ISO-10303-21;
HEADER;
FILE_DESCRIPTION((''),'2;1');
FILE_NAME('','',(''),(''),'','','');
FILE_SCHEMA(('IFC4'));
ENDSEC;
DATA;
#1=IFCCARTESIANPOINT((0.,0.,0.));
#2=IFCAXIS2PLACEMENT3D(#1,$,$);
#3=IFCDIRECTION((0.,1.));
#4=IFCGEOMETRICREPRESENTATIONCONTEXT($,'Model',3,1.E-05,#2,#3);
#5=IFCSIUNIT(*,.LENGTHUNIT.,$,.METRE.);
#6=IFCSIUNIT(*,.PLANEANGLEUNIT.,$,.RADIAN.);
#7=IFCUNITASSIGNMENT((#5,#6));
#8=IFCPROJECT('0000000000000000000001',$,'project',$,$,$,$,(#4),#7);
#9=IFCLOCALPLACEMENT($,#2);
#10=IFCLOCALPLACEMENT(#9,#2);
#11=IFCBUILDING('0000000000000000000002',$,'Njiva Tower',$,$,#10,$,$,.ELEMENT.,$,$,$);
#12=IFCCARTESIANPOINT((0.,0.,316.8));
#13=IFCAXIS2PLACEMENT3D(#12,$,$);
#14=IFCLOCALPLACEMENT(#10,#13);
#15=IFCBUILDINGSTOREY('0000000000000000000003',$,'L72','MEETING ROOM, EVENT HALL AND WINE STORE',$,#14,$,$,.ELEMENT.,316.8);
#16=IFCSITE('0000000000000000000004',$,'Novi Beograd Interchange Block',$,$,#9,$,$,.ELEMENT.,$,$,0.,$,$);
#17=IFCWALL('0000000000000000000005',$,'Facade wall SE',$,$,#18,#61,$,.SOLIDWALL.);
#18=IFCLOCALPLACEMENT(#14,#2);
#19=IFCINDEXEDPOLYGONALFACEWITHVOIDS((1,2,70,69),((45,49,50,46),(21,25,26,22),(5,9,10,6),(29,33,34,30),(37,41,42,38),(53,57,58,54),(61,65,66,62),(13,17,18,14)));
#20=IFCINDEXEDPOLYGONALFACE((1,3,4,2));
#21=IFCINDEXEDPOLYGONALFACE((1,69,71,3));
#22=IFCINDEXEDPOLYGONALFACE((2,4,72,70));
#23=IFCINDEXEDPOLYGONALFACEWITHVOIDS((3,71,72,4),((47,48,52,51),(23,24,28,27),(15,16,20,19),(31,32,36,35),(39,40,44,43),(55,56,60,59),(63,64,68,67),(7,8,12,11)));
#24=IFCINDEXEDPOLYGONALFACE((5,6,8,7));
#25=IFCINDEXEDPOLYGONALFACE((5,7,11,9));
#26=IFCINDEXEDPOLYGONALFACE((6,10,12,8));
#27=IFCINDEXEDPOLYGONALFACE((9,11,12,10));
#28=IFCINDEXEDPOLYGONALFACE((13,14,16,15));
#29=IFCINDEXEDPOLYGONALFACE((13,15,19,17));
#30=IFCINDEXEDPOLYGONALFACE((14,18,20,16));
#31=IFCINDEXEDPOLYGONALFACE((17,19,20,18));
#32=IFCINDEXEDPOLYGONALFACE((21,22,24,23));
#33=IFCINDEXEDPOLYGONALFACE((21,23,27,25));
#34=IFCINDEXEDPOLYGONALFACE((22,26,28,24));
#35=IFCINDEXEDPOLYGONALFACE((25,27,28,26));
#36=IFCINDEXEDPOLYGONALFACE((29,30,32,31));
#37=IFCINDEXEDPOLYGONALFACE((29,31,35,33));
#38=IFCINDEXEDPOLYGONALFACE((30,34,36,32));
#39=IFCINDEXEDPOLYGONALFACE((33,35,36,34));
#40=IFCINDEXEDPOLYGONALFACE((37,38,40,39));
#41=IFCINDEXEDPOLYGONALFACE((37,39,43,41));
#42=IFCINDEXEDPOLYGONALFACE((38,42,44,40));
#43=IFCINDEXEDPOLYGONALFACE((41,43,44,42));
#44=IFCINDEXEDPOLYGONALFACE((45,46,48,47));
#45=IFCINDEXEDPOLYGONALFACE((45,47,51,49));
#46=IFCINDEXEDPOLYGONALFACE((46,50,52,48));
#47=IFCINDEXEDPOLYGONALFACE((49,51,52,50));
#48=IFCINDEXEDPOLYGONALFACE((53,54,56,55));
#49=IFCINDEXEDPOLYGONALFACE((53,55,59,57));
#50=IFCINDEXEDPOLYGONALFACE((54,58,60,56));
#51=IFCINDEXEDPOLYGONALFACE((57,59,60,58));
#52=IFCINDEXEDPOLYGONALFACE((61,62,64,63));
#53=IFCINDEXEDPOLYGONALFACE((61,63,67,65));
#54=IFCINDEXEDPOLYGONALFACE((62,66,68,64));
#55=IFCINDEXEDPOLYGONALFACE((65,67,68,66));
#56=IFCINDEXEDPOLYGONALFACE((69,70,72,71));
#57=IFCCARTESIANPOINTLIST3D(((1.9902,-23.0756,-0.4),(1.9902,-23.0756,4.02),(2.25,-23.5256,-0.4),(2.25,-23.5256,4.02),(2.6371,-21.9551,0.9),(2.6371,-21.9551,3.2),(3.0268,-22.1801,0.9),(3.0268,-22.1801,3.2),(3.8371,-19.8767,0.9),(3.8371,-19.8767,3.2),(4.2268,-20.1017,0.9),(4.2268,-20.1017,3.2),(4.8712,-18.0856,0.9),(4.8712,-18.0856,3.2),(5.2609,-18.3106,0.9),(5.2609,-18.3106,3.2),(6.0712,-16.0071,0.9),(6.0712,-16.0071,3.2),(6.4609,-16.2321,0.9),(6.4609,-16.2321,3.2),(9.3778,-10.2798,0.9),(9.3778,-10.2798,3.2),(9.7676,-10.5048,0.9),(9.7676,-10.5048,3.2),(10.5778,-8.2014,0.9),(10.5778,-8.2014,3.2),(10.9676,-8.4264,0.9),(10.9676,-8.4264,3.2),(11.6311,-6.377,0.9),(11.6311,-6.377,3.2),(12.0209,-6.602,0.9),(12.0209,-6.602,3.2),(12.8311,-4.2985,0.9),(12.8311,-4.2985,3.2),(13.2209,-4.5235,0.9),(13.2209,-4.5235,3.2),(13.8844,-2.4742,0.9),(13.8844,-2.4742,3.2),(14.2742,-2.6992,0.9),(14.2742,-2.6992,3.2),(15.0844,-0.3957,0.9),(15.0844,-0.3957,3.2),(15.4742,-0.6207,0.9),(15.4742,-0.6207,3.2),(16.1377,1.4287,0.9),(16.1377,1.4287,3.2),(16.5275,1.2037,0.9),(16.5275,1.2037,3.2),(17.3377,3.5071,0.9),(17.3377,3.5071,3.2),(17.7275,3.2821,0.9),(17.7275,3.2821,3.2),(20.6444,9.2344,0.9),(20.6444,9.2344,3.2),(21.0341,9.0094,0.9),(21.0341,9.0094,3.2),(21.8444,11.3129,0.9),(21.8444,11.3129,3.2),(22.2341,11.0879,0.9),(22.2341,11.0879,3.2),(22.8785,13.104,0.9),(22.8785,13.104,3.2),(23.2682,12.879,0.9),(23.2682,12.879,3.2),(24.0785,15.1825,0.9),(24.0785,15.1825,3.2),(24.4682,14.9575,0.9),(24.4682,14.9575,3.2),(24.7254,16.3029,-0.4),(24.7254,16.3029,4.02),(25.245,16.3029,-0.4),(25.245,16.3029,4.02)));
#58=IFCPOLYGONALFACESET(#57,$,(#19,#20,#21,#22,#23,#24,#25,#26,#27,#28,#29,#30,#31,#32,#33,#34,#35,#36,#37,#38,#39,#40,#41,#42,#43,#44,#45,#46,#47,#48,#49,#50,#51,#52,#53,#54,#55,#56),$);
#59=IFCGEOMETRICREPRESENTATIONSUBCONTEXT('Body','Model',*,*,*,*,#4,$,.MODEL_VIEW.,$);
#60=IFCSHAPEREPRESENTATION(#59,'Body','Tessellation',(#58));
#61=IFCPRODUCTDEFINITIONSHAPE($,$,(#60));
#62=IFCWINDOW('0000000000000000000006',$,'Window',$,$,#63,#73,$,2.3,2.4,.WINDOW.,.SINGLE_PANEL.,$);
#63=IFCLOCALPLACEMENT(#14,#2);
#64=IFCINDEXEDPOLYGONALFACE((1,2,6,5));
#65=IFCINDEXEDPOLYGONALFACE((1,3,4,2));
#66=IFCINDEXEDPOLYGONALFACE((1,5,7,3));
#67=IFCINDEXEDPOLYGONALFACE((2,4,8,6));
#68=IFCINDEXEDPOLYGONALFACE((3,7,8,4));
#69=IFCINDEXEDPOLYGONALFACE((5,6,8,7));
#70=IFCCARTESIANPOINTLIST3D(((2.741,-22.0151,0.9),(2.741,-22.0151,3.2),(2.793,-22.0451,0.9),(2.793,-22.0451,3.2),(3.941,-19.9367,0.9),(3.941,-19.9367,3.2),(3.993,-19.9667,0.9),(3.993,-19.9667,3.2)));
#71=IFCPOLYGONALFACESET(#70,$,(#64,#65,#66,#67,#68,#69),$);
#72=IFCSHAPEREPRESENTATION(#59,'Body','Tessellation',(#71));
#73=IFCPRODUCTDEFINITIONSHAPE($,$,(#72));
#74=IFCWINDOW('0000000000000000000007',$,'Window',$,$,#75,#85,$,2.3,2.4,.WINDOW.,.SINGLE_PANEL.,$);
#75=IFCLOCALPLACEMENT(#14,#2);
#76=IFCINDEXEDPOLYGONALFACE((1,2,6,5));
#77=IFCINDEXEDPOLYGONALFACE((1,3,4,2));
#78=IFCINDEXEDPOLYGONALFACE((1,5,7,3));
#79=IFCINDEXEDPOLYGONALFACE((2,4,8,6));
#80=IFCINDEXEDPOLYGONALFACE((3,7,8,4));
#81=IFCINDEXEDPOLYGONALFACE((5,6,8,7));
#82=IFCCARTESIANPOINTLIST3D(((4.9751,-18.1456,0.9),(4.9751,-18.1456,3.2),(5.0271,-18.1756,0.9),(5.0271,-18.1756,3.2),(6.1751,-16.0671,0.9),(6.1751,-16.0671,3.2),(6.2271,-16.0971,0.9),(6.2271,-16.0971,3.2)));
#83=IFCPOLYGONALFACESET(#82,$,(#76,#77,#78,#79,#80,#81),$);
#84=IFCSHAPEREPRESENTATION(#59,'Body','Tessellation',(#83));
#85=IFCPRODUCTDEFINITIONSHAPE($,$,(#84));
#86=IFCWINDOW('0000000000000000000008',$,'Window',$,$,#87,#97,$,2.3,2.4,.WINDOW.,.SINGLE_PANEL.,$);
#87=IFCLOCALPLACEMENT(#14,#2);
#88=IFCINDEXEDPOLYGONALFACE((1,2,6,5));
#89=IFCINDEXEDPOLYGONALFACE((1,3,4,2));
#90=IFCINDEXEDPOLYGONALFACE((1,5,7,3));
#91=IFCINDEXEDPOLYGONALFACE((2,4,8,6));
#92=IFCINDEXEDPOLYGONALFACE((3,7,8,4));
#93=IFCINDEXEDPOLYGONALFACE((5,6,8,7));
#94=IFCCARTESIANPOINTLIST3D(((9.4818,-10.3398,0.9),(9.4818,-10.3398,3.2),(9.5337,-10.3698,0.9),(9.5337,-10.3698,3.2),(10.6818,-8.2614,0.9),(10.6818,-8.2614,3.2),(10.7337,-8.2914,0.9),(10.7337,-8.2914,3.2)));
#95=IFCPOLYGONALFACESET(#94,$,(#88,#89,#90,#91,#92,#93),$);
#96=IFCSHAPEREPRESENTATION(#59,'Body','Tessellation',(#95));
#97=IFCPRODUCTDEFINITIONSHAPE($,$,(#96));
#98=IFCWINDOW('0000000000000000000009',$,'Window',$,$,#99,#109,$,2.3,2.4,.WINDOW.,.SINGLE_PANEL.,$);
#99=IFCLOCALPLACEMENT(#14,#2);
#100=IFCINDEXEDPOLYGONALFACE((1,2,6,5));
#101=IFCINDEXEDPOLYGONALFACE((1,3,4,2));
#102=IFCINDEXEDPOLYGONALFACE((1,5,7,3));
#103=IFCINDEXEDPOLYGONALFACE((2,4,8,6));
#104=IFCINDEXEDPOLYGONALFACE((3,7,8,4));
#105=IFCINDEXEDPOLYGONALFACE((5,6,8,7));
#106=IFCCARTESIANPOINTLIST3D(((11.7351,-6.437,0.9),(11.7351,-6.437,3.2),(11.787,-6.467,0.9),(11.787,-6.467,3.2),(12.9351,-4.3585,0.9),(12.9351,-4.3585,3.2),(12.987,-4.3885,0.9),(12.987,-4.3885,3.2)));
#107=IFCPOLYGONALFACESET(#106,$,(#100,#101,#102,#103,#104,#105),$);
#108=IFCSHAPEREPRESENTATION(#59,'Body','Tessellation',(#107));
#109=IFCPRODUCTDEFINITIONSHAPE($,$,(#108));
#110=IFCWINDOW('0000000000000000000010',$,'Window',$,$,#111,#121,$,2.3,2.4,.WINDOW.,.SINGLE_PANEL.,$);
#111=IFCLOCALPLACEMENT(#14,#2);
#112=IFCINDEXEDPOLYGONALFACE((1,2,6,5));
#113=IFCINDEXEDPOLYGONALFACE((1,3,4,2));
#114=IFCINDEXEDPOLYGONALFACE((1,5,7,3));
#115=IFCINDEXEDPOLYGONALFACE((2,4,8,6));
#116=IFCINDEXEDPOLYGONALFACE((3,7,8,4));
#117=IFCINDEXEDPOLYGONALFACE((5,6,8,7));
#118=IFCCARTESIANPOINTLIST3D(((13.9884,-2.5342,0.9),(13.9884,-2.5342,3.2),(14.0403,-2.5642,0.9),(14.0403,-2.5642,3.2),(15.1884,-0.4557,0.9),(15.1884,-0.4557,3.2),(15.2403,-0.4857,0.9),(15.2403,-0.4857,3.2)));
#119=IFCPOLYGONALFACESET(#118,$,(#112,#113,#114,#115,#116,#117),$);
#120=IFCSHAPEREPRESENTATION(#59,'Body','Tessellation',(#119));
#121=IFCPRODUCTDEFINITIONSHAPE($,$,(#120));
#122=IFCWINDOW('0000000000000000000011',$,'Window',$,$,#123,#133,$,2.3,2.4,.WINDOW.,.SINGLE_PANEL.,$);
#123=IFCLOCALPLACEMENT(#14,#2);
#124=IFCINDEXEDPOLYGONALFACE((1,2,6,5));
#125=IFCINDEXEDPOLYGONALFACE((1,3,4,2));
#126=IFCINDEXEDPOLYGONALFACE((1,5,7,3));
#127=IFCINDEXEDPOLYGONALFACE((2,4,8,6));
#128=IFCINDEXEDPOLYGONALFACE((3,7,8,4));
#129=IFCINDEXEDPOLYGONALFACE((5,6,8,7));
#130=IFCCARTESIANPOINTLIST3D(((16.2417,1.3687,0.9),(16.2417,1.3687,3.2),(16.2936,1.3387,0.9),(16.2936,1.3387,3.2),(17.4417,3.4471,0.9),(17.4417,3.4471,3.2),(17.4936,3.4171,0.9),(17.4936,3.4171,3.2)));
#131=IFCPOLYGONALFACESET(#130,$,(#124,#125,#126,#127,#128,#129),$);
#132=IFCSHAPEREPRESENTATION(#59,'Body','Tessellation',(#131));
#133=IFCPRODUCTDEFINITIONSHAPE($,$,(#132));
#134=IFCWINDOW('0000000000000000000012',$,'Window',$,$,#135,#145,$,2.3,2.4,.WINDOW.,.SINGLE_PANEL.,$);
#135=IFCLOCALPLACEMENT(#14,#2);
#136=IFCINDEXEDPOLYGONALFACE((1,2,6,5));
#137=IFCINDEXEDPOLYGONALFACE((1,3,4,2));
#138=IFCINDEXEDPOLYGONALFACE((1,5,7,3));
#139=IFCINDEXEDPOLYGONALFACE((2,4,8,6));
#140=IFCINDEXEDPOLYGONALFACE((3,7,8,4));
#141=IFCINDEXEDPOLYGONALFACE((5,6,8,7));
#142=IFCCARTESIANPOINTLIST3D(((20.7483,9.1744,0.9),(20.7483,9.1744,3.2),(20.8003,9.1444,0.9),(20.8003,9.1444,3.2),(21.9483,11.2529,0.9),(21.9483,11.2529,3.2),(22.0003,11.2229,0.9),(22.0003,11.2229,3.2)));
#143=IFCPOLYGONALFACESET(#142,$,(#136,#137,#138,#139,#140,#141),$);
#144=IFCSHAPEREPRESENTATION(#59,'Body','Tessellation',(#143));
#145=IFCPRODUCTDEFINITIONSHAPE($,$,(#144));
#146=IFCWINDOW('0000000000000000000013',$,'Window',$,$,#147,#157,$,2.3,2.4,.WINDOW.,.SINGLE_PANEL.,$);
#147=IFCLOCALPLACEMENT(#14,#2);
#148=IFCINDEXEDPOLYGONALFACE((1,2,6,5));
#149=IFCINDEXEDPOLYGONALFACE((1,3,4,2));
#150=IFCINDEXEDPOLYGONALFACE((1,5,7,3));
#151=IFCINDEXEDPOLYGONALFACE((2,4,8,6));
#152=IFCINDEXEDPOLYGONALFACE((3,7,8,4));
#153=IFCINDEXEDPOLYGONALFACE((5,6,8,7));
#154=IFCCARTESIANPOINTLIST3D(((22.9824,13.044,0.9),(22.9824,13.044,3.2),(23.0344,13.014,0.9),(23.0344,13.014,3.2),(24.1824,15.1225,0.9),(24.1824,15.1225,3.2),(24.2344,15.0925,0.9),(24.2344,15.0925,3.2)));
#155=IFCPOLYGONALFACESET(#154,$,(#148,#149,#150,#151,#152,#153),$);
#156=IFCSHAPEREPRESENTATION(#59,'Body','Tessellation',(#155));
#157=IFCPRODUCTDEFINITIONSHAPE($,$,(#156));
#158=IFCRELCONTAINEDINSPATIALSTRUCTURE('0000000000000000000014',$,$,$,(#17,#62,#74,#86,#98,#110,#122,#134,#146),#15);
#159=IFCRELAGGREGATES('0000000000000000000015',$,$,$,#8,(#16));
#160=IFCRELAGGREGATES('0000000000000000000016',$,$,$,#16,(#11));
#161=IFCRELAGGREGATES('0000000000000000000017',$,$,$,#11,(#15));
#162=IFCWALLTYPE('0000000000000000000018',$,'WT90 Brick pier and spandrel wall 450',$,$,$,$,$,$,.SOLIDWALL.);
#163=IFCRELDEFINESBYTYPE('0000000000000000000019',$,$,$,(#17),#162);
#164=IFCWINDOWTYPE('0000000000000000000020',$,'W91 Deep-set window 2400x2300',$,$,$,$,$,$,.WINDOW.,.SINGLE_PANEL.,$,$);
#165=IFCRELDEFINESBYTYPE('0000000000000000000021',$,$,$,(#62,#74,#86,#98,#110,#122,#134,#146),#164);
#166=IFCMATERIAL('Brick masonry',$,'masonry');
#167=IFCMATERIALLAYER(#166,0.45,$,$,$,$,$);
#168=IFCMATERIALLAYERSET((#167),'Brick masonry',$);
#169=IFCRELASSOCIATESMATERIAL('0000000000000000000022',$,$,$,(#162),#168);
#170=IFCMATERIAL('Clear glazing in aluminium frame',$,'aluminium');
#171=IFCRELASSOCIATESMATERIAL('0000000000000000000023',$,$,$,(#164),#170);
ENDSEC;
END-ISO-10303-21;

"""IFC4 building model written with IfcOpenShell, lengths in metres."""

from ifc_helpers import new_model, si_unit, direction, frame, frame_2d, origin, place, context, subcontext, project, spatial, polyline, rectangle, outline, extrude, material, layer, layer_set, type_object, element, fill, save


model = new_model("IFC4")

# Units and contexts
model_context = context("Model", 3, precision=1e-05, world=origin(), true_north=direction((0.0, 1.0)))
body_context = subcontext(model_context, "Body", "Model", "MODEL_VIEW")
ifc_project = project(units=[si_unit("LENGTHUNIT", "METRE"), si_unit("PLANEANGLEUNIT", "RADIAN")], contexts=[model_context])

# Site, building, storey
site_placement = place(None, origin())
site = spatial("IfcSite", under=ifc_project, at=site_placement, Name="Novi Beograd Interchange Block", CompositionType="ELEMENT", RefElevation=0.0)
building_placement = place(site_placement, origin())
building = spatial("IfcBuilding", under=site, at=building_placement, Name="Njiva Tower", CompositionType="ELEMENT")
storey_placement = place(building_placement, frame((0.0, 0.0, 316.8)))
storey = spatial("IfcBuildingStorey", under=building, at=storey_placement, Name="L72", Description="MEETING ROOM, EVENT HALL AND WINE STORE", CompositionType="ELEMENT", Elevation=316.8)

# Wall, openings, windows
ifc_material_1 = material(Name="Brick masonry", Category="masonry")
ifc_layer_1 = layer(ifc_material_1, 0.45)
ifc_layer_set_1 = layer_set([ifc_layer_1], Name="Brick masonry")
wall_type_1 = type_object("IfcWallType", Name="WT90 Brick pier and spandrel wall 450", PredefinedType="SOLIDWALL", material=ifc_layer_set_1)
wall_1_placement = place(storey_placement, frame((2.1201, -23.3006, -0.4), z_axis=(0.0, 0.0, 1.0), x_axis=(0.5, 0.866025, 0.0)))
wall_1 = element("IfcWall", 1, at=wall_1_placement, inside=storey, type_object=wall_type_1, Name="Facade wall SE", PredefinedType="SOLIDWALL", context=body_context, shape_type="SweptSolid", body=[
    extrude(outline(polyline([(-0.1299, -0.225), (45.8601, -0.225), (45.6003, 0.225), (0.1299, 0.225), (-0.1299, -0.225)])), origin(), (0.0, 0.0, 1.0), 4.42),
])
opening_1_placement = place(wall_1_placement, frame((1.4237, 0.0, 1.3)))
opening_1 = element("IfcOpeningElement", 2, at=opening_1_placement, cuts=wall_1, PredefinedType="OPENING", context=body_context, shape_type="SweptSolid", body=[
    extrude(rectangle(XDim=2.4, YDim=2.3, at=frame_2d((1.2, 1.15))), frame((0.0, 0.235, 0.0), z_axis=(0.0, -1.0, 0.0), x_axis=(1.0, 0.0, 0.0)), (0.0, 0.0, 1.0), 0.47),
])
opening_2_placement = place(wall_1_placement, frame((5.8919, 0.0, 1.3)))
opening_2 = element("IfcOpeningElement", 3, at=opening_2_placement, cuts=wall_1, PredefinedType="OPENING", context=body_context, shape_type="SweptSolid", body=[
    extrude(rectangle(XDim=2.4, YDim=2.3, at=frame_2d((1.2, 1.15))), frame((0.0, 0.235, 0.0), z_axis=(0.0, -1.0, 0.0), x_axis=(1.0, 0.0, 0.0)), (0.0, 0.0, 1.0), 0.47),
])
opening_3_placement = place(wall_1_placement, frame((14.9052, 0.0, 1.3)))
opening_3 = element("IfcOpeningElement", 4, at=opening_3_placement, cuts=wall_1, PredefinedType="OPENING", context=body_context, shape_type="SweptSolid", body=[
    extrude(rectangle(XDim=2.4, YDim=2.3, at=frame_2d((1.2, 1.15))), frame((0.0, 0.235, 0.0), z_axis=(0.0, -1.0, 0.0), x_axis=(1.0, 0.0, 0.0)), (0.0, 0.0, 1.0), 0.47),
])
opening_4_placement = place(wall_1_placement, frame((19.4118, 0.0, 1.3)))
opening_4 = element("IfcOpeningElement", 5, at=opening_4_placement, cuts=wall_1, PredefinedType="OPENING", context=body_context, shape_type="SweptSolid", body=[
    extrude(rectangle(XDim=2.4, YDim=2.3, at=frame_2d((1.2, 1.15))), frame((0.0, 0.235, 0.0), z_axis=(0.0, -1.0, 0.0), x_axis=(1.0, 0.0, 0.0)), (0.0, 0.0, 1.0), 0.47),
])
opening_5_placement = place(wall_1_placement, frame((23.9184, 0.0, 1.3)))
opening_5 = element("IfcOpeningElement", 6, at=opening_5_placement, cuts=wall_1, PredefinedType="OPENING", context=body_context, shape_type="SweptSolid", body=[
    extrude(rectangle(XDim=2.4, YDim=2.3, at=frame_2d((1.2, 1.15))), frame((0.0, 0.235, 0.0), z_axis=(0.0, -1.0, 0.0), x_axis=(1.0, 0.0, 0.0)), (0.0, 0.0, 1.0), 0.47),
])
opening_6_placement = place(wall_1_placement, frame((28.425, 0.0, 1.3)))
opening_6 = element("IfcOpeningElement", 7, at=opening_6_placement, cuts=wall_1, PredefinedType="OPENING", context=body_context, shape_type="SweptSolid", body=[
    extrude(rectangle(XDim=2.4, YDim=2.3, at=frame_2d((1.2, 1.15))), frame((0.0, 0.235, 0.0), z_axis=(0.0, -1.0, 0.0), x_axis=(1.0, 0.0, 0.0)), (0.0, 0.0, 1.0), 0.47),
])
opening_7_placement = place(wall_1_placement, frame((37.4383, 0.0, 1.3)))
opening_7 = element("IfcOpeningElement", 8, at=opening_7_placement, cuts=wall_1, PredefinedType="OPENING", context=body_context, shape_type="SweptSolid", body=[
    extrude(rectangle(XDim=2.4, YDim=2.3, at=frame_2d((1.2, 1.15))), frame((0.0, 0.235, 0.0), z_axis=(0.0, -1.0, 0.0), x_axis=(1.0, 0.0, 0.0)), (0.0, 0.0, 1.0), 0.47),
])
opening_8_placement = place(wall_1_placement, frame((41.9065, 0.0, 1.3)))
opening_8 = element("IfcOpeningElement", 9, at=opening_8_placement, cuts=wall_1, PredefinedType="OPENING", context=body_context, shape_type="SweptSolid", body=[
    extrude(rectangle(XDim=2.4, YDim=2.3, at=frame_2d((1.2, 1.15))), frame((0.0, 0.235, 0.0), z_axis=(0.0, -1.0, 0.0), x_axis=(1.0, 0.0, 0.0)), (0.0, 0.0, 1.0), 0.47),
])
ifc_material_2 = material(Name="Clear glazing in aluminium frame", Category="aluminium")
window_type = type_object("IfcWindowType", Name="W91 Deep-set window 2400x2300", PartitioningType="SINGLE_PANEL", PredefinedType="WINDOW", material=ifc_material_2)
window_1_placement = place(opening_1_placement, origin())
window_1 = element("IfcWindow", 10, at=window_1_placement, inside=storey, type_object=window_type, Name="Window", OverallHeight=2.3, OverallWidth=2.4, PartitioningType="SINGLE_PANEL", PredefinedType="WINDOW", context=body_context, shape_type="SweptSolid", body=[
    extrude(rectangle(XDim=2.4, YDim=2.3, at=frame_2d((1.2, 1.15))), frame((0.0, 0.105, 0.0), z_axis=(0.0, -1.0, 0.0), x_axis=(1.0, 0.0, 0.0)), (0.0, 0.0, 1.0), 0.06),
])
fill(opening_1, window_1)
window_2_placement = place(opening_2_placement, origin())
window_2 = element("IfcWindow", 11, at=window_2_placement, inside=storey, type_object=window_type, Name="Window", OverallHeight=2.3, OverallWidth=2.4, PartitioningType="SINGLE_PANEL", PredefinedType="WINDOW", context=body_context, shape_type="SweptSolid", body=[
    extrude(rectangle(XDim=2.4, YDim=2.3, at=frame_2d((1.2, 1.15))), frame((0.0, 0.105, 0.0), z_axis=(0.0, -1.0, 0.0), x_axis=(1.0, 0.0, 0.0)), (0.0, 0.0, 1.0), 0.06),
])
fill(opening_2, window_2)
window_3_placement = place(opening_3_placement, origin())
window_3 = element("IfcWindow", 12, at=window_3_placement, inside=storey, type_object=window_type, Name="Window", OverallHeight=2.3, OverallWidth=2.4, PartitioningType="SINGLE_PANEL", PredefinedType="WINDOW", context=body_context, shape_type="SweptSolid", body=[
    extrude(rectangle(XDim=2.4, YDim=2.3, at=frame_2d((1.2, 1.15))), frame((0.0, 0.105, 0.0), z_axis=(0.0, -1.0, 0.0), x_axis=(1.0, 0.0, 0.0)), (0.0, 0.0, 1.0), 0.06),
])
fill(opening_3, window_3)
window_4_placement = place(opening_4_placement, origin())
window_4 = element("IfcWindow", 13, at=window_4_placement, inside=storey, type_object=window_type, Name="Window", OverallHeight=2.3, OverallWidth=2.4, PartitioningType="SINGLE_PANEL", PredefinedType="WINDOW", context=body_context, shape_type="SweptSolid", body=[
    extrude(rectangle(XDim=2.4, YDim=2.3, at=frame_2d((1.2, 1.15))), frame((0.0, 0.105, 0.0), z_axis=(0.0, -1.0, 0.0), x_axis=(1.0, 0.0, 0.0)), (0.0, 0.0, 1.0), 0.06),
])
fill(opening_4, window_4)
window_5_placement = place(opening_5_placement, origin())
window_5 = element("IfcWindow", 14, at=window_5_placement, inside=storey, type_object=window_type, Name="Window", OverallHeight=2.3, OverallWidth=2.4, PartitioningType="SINGLE_PANEL", PredefinedType="WINDOW", context=body_context, shape_type="SweptSolid", body=[
    extrude(rectangle(XDim=2.4, YDim=2.3, at=frame_2d((1.2, 1.15))), frame((0.0, 0.105, 0.0), z_axis=(0.0, -1.0, 0.0), x_axis=(1.0, 0.0, 0.0)), (0.0, 0.0, 1.0), 0.06),
])
fill(opening_5, window_5)
window_6_placement = place(opening_6_placement, origin())
window_6 = element("IfcWindow", 15, at=window_6_placement, inside=storey, type_object=window_type, Name="Window", OverallHeight=2.3, OverallWidth=2.4, PartitioningType="SINGLE_PANEL", PredefinedType="WINDOW", context=body_context, shape_type="SweptSolid", body=[
    extrude(rectangle(XDim=2.4, YDim=2.3, at=frame_2d((1.2, 1.15))), frame((0.0, 0.105, 0.0), z_axis=(0.0, -1.0, 0.0), x_axis=(1.0, 0.0, 0.0)), (0.0, 0.0, 1.0), 0.06),
])
fill(opening_6, window_6)
window_7_placement = place(opening_7_placement, origin())
window_7 = element("IfcWindow", 16, at=window_7_placement, inside=storey, type_object=window_type, Name="Window", OverallHeight=2.3, OverallWidth=2.4, PartitioningType="SINGLE_PANEL", PredefinedType="WINDOW", context=body_context, shape_type="SweptSolid", body=[
    extrude(rectangle(XDim=2.4, YDim=2.3, at=frame_2d((1.2, 1.15))), frame((0.0, 0.105, 0.0), z_axis=(0.0, -1.0, 0.0), x_axis=(1.0, 0.0, 0.0)), (0.0, 0.0, 1.0), 0.06),
])
fill(opening_7, window_7)
window_8_placement = place(opening_8_placement, origin())
window_8 = element("IfcWindow", 17, at=window_8_placement, inside=storey, type_object=window_type, Name="Window", OverallHeight=2.3, OverallWidth=2.4, PartitioningType="SINGLE_PANEL", PredefinedType="WINDOW", context=body_context, shape_type="SweptSolid", body=[
    extrude(rectangle(XDim=2.4, YDim=2.3, at=frame_2d((1.2, 1.15))), frame((0.0, 0.105, 0.0), z_axis=(0.0, -1.0, 0.0), x_axis=(1.0, 0.0, 0.0)), (0.0, 0.0, 1.0), 0.06),
])
fill(opening_8, window_8)

save(model, "model.ifc")
